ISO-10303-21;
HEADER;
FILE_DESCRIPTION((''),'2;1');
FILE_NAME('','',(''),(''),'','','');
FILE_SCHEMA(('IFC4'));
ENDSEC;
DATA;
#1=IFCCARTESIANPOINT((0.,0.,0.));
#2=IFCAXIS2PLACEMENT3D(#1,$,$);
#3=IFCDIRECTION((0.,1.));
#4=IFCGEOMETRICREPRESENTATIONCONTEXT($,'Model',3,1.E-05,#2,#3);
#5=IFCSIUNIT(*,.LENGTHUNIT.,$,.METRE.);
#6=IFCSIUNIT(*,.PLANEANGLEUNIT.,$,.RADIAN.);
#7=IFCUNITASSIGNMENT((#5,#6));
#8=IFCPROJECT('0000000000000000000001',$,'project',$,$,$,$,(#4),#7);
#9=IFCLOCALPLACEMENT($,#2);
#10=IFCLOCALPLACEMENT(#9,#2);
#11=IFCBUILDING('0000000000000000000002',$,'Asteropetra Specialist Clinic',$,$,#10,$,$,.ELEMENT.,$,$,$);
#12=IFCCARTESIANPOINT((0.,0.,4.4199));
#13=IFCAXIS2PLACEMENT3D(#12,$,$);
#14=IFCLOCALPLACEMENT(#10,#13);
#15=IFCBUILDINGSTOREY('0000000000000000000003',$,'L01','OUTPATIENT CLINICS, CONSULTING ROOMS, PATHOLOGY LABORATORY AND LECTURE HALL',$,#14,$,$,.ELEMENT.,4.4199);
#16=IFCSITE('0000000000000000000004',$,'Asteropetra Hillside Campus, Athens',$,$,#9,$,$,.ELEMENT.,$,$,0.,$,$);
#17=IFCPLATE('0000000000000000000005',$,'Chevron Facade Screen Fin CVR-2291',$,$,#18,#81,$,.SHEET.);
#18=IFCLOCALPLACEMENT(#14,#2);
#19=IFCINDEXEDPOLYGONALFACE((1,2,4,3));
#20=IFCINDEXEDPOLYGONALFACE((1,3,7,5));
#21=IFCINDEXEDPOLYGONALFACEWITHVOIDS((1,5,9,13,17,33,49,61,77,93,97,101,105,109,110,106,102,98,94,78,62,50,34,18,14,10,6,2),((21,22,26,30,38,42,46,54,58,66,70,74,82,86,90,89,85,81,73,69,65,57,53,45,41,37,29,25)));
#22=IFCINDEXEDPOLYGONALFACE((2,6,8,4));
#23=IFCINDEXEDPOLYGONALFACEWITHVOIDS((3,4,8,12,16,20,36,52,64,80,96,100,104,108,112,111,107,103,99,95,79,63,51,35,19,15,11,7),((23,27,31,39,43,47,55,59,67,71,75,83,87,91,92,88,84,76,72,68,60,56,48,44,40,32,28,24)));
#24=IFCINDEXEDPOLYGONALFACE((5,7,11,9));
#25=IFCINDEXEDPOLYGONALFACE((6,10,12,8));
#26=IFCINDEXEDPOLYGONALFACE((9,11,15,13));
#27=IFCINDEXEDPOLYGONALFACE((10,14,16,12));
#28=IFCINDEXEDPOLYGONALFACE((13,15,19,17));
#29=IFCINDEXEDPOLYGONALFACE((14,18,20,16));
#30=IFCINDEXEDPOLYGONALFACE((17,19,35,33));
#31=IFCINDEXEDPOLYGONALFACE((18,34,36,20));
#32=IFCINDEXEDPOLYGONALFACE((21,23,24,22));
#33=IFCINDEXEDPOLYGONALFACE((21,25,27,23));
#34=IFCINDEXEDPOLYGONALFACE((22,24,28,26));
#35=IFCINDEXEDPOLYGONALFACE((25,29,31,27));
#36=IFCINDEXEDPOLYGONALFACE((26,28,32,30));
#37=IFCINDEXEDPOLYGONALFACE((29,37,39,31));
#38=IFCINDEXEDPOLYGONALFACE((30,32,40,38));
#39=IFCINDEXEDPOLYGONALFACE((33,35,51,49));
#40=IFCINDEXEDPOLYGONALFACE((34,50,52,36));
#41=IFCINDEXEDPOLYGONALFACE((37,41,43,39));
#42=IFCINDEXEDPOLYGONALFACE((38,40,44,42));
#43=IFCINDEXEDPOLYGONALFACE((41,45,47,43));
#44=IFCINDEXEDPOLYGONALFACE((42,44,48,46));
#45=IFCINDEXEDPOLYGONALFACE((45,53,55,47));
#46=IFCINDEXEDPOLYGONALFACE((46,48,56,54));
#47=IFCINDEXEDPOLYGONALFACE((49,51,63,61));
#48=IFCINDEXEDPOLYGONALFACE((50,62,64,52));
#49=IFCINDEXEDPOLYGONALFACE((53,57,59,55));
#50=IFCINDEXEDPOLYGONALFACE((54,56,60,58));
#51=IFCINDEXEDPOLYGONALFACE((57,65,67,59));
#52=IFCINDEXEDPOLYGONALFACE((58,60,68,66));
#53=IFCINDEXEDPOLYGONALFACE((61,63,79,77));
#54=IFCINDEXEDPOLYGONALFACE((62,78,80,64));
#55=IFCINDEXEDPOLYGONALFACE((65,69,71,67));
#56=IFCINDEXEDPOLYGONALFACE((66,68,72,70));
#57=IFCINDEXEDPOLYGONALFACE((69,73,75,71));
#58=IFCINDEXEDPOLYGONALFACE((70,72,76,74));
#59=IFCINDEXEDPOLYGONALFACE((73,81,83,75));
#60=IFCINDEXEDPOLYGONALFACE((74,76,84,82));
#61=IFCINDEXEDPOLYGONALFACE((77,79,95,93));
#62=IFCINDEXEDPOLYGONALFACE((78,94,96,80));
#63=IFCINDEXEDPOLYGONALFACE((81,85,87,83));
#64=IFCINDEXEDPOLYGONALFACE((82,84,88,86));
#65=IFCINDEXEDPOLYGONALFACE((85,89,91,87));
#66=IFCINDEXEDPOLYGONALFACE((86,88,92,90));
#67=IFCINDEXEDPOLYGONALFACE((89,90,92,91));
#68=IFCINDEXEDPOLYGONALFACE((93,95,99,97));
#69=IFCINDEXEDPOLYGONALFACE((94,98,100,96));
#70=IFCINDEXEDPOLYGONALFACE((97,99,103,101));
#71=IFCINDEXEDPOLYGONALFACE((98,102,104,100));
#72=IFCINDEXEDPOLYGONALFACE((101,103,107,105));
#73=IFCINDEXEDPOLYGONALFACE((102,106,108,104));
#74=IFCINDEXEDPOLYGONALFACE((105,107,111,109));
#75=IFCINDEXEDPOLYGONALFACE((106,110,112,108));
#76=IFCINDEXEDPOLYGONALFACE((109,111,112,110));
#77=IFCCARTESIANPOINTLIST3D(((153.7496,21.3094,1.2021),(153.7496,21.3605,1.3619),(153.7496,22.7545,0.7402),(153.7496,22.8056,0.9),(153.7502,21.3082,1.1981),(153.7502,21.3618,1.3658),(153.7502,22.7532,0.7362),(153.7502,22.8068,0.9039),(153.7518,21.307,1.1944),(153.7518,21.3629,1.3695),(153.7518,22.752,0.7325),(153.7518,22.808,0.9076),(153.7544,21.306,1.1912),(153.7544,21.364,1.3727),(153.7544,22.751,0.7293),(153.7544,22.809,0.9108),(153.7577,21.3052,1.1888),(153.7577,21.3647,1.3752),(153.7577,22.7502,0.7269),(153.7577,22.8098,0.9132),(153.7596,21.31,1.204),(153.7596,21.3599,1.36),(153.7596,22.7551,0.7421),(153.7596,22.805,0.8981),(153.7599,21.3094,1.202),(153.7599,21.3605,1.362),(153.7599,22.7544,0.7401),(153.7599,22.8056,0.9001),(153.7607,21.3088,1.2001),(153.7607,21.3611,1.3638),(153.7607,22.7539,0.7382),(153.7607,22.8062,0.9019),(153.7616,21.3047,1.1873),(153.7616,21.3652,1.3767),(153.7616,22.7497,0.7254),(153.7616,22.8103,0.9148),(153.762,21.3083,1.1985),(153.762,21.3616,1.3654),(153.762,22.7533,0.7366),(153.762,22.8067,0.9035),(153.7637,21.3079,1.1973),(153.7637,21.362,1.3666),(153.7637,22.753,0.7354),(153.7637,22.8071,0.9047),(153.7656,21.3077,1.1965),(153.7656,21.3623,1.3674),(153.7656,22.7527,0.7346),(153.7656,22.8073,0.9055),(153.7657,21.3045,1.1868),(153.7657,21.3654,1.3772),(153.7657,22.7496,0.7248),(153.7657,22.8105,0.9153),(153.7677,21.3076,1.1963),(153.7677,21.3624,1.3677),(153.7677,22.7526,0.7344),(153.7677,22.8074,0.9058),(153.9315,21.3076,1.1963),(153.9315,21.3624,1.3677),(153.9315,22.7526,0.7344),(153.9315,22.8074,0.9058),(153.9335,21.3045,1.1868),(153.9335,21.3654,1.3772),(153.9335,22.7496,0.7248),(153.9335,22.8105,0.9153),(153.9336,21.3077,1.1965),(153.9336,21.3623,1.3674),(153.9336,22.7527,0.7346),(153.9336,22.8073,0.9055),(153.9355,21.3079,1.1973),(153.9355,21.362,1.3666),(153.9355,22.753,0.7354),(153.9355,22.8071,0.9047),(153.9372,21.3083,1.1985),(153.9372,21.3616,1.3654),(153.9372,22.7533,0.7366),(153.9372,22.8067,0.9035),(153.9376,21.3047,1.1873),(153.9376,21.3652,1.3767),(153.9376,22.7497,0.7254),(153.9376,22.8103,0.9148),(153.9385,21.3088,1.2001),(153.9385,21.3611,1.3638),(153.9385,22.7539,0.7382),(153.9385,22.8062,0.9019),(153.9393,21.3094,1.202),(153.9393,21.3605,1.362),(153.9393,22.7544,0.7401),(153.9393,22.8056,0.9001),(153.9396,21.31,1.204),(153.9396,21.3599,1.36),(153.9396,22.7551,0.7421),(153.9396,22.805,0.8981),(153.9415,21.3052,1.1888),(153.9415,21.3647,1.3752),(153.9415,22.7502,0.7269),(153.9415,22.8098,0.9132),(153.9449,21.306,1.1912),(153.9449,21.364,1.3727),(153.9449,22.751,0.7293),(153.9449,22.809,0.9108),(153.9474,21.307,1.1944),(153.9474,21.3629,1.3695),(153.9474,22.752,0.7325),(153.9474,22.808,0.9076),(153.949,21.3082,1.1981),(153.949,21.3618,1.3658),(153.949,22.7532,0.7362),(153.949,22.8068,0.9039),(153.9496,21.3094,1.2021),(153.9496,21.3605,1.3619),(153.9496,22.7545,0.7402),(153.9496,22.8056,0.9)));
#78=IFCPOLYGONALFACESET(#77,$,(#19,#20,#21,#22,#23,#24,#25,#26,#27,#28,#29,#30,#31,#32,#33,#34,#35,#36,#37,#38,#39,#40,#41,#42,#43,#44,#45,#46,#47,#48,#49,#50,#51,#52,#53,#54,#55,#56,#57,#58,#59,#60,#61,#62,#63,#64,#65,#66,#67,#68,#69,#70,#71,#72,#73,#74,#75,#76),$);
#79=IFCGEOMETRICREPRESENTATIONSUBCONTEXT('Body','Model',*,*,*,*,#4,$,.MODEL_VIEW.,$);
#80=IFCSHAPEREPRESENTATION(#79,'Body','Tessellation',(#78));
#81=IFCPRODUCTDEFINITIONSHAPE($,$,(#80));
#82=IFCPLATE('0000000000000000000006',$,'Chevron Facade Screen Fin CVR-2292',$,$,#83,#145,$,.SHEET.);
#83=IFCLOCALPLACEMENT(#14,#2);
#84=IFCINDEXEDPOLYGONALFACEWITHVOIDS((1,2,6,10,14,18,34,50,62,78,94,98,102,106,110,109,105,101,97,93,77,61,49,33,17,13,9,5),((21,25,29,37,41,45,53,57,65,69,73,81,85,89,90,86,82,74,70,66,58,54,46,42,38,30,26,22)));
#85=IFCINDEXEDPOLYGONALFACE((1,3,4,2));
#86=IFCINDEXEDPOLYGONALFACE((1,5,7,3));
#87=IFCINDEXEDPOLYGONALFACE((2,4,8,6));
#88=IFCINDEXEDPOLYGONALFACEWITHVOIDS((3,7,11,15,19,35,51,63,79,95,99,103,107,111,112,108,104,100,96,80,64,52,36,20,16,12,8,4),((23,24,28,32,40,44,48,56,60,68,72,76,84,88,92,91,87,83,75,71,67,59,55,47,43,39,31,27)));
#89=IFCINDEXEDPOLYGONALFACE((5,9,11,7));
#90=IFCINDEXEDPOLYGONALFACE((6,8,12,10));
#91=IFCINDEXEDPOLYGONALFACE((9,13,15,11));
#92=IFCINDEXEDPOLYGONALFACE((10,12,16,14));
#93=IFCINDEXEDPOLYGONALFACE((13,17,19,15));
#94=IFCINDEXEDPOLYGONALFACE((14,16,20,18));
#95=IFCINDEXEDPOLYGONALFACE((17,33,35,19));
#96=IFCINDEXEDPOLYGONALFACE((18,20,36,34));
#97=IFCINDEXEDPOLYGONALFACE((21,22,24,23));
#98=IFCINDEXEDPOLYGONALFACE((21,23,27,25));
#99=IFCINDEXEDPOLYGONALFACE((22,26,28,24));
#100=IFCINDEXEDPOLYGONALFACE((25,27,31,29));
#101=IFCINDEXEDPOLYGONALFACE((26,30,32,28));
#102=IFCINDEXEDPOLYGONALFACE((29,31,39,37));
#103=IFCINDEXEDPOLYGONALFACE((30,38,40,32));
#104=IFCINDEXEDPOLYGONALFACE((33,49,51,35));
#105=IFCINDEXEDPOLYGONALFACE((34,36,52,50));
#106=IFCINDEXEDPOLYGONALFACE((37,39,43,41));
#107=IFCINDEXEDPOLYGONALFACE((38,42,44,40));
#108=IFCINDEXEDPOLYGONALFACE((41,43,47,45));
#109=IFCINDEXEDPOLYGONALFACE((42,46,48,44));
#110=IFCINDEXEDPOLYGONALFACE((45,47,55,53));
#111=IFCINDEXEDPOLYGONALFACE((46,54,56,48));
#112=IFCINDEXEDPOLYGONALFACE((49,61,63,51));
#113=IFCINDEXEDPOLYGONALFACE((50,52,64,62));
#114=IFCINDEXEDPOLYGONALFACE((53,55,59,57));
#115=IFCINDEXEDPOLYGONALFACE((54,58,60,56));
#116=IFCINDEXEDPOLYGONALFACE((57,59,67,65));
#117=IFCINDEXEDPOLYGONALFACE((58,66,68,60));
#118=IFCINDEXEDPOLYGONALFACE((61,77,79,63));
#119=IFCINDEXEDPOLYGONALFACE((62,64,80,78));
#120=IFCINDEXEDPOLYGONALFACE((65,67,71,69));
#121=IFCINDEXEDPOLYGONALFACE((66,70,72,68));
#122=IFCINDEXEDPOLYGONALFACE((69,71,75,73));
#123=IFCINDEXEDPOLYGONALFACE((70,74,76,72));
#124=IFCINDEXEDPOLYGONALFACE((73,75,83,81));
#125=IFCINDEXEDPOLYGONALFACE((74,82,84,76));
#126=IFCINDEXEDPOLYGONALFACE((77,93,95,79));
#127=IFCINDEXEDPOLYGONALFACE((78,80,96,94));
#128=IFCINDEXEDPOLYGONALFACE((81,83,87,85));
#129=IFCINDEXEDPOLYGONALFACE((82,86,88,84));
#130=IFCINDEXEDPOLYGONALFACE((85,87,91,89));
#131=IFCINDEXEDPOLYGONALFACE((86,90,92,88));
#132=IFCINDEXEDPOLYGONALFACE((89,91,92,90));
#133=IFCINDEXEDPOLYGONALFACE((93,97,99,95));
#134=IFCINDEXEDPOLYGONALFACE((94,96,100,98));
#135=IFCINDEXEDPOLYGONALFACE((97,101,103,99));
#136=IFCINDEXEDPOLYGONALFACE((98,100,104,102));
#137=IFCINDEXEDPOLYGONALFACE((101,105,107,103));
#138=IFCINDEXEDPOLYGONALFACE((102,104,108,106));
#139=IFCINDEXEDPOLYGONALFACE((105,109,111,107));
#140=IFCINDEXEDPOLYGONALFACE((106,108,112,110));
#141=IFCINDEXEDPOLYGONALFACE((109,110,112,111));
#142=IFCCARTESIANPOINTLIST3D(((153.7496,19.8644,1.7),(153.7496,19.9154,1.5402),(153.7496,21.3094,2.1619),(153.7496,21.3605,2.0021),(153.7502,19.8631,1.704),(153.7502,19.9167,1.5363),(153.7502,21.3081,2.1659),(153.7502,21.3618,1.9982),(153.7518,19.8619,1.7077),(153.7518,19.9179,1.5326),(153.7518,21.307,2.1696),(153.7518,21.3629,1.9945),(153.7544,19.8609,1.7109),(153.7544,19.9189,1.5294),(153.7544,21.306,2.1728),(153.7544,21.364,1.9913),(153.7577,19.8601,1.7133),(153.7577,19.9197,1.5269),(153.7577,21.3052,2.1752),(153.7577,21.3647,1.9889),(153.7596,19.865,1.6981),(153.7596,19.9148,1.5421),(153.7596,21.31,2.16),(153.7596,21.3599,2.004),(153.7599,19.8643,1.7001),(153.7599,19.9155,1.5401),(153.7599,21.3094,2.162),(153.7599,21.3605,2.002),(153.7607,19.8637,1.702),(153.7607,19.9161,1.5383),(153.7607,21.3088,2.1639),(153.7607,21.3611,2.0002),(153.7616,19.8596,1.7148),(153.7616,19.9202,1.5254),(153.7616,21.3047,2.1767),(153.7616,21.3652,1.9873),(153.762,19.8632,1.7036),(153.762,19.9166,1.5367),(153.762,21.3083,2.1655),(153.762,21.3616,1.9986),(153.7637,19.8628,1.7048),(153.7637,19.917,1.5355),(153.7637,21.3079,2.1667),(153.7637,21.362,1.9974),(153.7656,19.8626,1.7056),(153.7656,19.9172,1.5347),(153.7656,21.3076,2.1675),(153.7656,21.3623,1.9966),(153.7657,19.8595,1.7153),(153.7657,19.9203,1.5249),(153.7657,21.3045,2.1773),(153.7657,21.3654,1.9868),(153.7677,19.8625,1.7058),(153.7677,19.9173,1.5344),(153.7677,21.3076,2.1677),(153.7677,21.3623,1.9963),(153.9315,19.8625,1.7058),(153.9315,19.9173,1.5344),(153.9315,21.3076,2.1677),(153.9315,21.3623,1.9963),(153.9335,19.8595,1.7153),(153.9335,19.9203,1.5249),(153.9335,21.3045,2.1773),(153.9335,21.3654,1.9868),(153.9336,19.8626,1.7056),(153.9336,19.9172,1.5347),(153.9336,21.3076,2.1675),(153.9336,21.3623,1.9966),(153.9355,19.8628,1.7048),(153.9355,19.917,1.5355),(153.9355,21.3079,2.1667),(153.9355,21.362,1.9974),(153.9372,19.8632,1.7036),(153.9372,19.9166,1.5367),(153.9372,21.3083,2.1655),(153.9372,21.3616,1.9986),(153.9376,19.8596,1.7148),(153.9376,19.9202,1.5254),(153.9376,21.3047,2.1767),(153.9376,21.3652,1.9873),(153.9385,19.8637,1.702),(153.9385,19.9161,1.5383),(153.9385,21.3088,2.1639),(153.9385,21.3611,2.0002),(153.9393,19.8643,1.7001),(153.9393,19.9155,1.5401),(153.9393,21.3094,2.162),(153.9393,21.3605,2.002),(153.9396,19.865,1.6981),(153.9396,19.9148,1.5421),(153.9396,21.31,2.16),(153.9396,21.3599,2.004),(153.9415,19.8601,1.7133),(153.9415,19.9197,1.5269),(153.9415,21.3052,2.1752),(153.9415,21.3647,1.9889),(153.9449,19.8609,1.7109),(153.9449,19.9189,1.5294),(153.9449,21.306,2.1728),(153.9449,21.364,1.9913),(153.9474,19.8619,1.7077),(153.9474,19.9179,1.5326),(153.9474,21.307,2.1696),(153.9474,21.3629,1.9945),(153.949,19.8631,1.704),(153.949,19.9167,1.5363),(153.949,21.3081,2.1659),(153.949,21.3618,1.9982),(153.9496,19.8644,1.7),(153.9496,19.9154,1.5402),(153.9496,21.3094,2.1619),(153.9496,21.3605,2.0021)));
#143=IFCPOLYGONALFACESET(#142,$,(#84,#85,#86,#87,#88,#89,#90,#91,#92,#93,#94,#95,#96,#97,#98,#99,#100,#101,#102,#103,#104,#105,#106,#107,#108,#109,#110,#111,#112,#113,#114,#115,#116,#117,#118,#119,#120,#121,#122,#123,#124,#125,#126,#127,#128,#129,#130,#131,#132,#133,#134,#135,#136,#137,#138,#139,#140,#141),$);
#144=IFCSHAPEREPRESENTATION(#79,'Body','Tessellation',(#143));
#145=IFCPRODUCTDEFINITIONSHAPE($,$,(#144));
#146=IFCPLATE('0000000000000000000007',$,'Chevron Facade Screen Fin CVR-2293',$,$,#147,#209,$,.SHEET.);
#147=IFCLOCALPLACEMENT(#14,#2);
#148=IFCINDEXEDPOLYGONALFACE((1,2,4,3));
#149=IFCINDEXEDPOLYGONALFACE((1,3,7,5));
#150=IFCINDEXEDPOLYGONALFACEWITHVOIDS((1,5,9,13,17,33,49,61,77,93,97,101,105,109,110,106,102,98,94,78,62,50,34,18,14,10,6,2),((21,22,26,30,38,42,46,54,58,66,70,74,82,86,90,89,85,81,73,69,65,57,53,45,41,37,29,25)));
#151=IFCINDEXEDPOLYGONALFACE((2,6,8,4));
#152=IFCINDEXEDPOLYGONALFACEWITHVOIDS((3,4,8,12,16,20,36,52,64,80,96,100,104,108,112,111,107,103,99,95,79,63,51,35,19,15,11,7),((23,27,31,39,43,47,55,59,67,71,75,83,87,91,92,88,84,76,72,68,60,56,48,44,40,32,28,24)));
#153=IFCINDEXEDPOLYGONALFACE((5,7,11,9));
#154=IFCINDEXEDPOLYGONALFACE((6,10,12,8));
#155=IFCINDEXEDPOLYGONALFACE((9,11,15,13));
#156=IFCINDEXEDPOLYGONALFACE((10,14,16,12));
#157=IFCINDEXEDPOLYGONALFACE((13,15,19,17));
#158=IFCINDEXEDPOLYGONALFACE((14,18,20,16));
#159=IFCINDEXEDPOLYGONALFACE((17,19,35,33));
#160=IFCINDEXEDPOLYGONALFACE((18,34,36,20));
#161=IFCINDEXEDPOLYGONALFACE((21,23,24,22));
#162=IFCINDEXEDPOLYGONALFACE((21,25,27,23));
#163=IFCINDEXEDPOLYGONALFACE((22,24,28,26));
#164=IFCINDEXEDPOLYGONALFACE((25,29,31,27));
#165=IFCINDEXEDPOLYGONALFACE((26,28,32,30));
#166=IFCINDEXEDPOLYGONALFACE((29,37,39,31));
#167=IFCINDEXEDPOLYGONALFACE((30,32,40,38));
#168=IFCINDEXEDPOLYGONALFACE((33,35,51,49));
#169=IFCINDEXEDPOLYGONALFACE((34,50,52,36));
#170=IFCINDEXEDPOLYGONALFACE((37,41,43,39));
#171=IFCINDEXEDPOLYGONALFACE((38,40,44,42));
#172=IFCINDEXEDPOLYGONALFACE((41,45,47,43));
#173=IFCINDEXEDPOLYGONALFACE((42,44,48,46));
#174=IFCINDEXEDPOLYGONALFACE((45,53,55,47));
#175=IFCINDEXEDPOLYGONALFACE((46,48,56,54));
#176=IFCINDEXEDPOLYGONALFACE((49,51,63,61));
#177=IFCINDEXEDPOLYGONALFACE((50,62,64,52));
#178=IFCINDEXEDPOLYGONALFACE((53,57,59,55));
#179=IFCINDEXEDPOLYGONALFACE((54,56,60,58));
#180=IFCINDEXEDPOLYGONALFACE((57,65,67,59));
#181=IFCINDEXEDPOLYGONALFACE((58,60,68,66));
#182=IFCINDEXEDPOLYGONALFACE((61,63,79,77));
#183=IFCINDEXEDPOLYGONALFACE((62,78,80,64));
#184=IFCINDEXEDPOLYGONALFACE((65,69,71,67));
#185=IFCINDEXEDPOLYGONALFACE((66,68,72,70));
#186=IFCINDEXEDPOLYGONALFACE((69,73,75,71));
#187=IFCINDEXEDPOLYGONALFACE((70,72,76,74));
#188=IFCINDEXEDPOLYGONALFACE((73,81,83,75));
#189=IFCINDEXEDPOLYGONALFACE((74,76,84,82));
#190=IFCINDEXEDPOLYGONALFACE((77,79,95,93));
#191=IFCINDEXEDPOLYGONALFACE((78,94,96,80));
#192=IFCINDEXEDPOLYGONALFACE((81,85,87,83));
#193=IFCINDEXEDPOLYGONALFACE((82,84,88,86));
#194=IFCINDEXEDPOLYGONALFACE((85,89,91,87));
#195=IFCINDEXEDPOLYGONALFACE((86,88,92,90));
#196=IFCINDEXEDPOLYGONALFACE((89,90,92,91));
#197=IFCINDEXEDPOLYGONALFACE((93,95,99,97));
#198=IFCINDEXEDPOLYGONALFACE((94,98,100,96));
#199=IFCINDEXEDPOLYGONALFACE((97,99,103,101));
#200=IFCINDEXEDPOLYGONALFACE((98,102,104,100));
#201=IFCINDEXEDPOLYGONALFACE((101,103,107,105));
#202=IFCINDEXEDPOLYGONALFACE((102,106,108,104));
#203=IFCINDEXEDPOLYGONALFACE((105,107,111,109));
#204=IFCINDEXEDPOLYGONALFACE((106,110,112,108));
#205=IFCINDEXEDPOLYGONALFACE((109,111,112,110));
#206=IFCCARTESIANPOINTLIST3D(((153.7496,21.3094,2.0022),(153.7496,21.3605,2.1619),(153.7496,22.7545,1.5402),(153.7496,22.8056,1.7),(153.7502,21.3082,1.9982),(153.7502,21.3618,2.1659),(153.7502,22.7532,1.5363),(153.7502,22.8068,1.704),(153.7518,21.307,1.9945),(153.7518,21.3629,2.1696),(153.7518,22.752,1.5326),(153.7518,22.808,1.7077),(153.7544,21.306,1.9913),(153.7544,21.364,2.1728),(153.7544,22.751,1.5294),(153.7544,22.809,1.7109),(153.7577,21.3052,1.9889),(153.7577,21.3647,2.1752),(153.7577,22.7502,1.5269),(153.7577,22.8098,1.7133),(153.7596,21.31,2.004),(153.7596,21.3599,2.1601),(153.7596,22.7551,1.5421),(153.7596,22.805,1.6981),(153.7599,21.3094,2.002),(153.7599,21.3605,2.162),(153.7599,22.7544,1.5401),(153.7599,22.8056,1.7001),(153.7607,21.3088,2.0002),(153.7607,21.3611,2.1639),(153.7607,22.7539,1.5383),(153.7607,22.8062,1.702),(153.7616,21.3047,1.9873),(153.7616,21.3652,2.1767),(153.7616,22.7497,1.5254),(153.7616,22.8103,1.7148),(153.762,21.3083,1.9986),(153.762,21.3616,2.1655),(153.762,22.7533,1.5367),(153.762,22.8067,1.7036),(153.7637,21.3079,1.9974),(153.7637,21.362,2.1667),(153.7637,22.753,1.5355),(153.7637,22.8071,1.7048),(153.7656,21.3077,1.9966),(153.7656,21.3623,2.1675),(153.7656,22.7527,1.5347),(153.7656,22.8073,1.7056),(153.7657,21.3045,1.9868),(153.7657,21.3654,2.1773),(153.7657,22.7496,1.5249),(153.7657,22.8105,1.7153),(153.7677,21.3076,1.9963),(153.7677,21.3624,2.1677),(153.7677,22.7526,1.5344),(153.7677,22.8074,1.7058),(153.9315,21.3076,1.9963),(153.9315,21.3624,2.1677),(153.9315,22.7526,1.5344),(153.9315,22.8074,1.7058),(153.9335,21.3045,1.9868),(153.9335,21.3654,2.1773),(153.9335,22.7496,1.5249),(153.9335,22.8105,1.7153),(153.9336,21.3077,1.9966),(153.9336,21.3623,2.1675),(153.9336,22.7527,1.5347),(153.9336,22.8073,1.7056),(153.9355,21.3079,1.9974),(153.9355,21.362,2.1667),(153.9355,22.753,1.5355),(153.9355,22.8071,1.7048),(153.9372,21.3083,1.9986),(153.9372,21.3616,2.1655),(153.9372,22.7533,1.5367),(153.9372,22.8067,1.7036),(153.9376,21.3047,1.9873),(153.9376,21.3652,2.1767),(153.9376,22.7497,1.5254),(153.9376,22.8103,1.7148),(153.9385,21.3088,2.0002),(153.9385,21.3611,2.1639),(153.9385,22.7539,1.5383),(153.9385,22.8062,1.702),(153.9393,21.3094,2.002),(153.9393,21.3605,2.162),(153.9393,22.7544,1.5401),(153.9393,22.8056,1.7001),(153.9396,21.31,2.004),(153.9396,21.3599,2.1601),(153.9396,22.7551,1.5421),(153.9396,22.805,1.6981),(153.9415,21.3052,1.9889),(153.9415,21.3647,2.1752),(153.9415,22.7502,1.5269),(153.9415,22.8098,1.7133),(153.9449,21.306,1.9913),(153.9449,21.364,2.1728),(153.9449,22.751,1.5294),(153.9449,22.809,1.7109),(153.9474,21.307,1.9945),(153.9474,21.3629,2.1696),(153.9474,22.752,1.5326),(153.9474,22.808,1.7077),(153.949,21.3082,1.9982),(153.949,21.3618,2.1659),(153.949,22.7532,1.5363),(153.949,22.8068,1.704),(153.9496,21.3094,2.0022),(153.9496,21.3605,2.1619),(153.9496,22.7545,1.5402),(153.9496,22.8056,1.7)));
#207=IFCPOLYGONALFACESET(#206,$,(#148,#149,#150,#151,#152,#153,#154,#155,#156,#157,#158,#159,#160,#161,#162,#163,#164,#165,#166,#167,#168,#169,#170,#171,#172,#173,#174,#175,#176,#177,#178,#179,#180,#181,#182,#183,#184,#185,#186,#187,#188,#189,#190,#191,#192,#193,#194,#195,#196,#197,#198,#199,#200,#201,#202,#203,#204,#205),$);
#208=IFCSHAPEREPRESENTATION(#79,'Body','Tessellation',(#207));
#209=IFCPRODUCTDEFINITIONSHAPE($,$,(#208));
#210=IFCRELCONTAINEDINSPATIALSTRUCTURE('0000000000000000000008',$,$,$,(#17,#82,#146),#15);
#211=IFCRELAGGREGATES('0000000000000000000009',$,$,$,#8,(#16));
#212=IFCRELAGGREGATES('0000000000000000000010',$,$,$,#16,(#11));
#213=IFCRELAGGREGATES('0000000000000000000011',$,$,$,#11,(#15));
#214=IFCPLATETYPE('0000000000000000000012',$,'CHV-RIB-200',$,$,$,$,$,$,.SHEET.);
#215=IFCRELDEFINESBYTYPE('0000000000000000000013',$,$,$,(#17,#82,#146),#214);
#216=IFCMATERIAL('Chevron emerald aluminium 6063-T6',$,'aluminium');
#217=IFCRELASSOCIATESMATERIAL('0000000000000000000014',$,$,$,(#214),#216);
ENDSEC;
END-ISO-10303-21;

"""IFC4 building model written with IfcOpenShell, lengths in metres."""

from ifc_helpers import new_model, si_unit, direction, frame, origin, origin_2d, place, context, subcontext, project, spatial, hollow_rectangle, extrude, material, material_profile, profile_set, type_object, element, save


model = new_model("IFC4")

# Units and contexts
model_context = context("Model", 3, precision=1e-05, world=origin(), true_north=direction((0.0, 1.0)))
body_context = subcontext(model_context, "Body", "Model", "MODEL_VIEW")
ifc_project = project(units=[si_unit("LENGTHUNIT", "METRE"), si_unit("PLANEANGLEUNIT", "RADIAN")], contexts=[model_context])

# Site, building, storey
site_placement = place(None, origin())
site = spatial("IfcSite", under=ifc_project, at=site_placement, Name="Asteropetra Hillside Campus, Athens", CompositionType="ELEMENT", RefElevation=0.0)
building_placement = place(site_placement, origin())
building = spatial("IfcBuilding", under=site, at=building_placement, Name="Asteropetra Specialist Clinic", CompositionType="ELEMENT")
storey_placement = place(building_placement, frame((0.0, 0.0, 4.4199)))
storey = spatial("IfcBuildingStorey", under=building, at=storey_placement, Name="L01", Description="OUTPATIENT CLINICS, CONSULTING ROOMS, PATHOLOGY LABORATORY AND LECTURE HALL", CompositionType="ELEMENT", Elevation=4.4199)

# Plates
ifc_material_1 = material(Name="Chevron emerald aluminium 6063-T6", Category="aluminium")
ifc_material_profile = material_profile(ifc_material_1, hollow_rectangle(XDim=0.2, YDim=0.2, WallThickness=0.01, InnerFilletRadius=0.0081, OuterFilletRadius=0.0161, at=origin_2d()), Name="SHS 200x200x10.0")
ifc_profile_set = profile_set([ifc_material_profile], Name="Chevron emerald aluminium 6063-T6")
plate_type = type_object("IfcPlateType", Name="CHV-RIB-200", PredefinedType="SHEET", material=ifc_profile_set)
for number, where, z_axis, x_axis, name in (
    (1, (153.8496, 21.335, 1.282), (0.0, 0.952521, -0.304472), (-1.0, 0.0, 0.0), "Chevron Facade Screen Fin CVR-2291"),
    (2, (153.8496, 19.8899, 1.6201), (0.0, 0.952521, 0.304472), (-1.0, 0.0, 0.0), "Chevron Facade Screen Fin CVR-2292"),
    (3, (153.8496, 21.335, 2.082), (0.0, 0.952521, -0.304472), (-1.0, 0.0, 0.0), "Chevron Facade Screen Fin CVR-2293"),
):
    element("IfcPlate", number, at=place(storey_placement, frame(where, z_axis=z_axis, x_axis=x_axis)), inside=storey, type_object=plate_type, Name=name, PredefinedType="SHEET", context=body_context, shape_type="SweptSolid", body=[
        extrude(hollow_rectangle(XDim=0.2, YDim=0.2, WallThickness=0.01, InnerFilletRadius=0.0081, OuterFilletRadius=0.0161, at=origin_2d()), origin(), (0.0, 0.0, 1.0), 1.5171),
    ])

save(model, "model.ifc")
